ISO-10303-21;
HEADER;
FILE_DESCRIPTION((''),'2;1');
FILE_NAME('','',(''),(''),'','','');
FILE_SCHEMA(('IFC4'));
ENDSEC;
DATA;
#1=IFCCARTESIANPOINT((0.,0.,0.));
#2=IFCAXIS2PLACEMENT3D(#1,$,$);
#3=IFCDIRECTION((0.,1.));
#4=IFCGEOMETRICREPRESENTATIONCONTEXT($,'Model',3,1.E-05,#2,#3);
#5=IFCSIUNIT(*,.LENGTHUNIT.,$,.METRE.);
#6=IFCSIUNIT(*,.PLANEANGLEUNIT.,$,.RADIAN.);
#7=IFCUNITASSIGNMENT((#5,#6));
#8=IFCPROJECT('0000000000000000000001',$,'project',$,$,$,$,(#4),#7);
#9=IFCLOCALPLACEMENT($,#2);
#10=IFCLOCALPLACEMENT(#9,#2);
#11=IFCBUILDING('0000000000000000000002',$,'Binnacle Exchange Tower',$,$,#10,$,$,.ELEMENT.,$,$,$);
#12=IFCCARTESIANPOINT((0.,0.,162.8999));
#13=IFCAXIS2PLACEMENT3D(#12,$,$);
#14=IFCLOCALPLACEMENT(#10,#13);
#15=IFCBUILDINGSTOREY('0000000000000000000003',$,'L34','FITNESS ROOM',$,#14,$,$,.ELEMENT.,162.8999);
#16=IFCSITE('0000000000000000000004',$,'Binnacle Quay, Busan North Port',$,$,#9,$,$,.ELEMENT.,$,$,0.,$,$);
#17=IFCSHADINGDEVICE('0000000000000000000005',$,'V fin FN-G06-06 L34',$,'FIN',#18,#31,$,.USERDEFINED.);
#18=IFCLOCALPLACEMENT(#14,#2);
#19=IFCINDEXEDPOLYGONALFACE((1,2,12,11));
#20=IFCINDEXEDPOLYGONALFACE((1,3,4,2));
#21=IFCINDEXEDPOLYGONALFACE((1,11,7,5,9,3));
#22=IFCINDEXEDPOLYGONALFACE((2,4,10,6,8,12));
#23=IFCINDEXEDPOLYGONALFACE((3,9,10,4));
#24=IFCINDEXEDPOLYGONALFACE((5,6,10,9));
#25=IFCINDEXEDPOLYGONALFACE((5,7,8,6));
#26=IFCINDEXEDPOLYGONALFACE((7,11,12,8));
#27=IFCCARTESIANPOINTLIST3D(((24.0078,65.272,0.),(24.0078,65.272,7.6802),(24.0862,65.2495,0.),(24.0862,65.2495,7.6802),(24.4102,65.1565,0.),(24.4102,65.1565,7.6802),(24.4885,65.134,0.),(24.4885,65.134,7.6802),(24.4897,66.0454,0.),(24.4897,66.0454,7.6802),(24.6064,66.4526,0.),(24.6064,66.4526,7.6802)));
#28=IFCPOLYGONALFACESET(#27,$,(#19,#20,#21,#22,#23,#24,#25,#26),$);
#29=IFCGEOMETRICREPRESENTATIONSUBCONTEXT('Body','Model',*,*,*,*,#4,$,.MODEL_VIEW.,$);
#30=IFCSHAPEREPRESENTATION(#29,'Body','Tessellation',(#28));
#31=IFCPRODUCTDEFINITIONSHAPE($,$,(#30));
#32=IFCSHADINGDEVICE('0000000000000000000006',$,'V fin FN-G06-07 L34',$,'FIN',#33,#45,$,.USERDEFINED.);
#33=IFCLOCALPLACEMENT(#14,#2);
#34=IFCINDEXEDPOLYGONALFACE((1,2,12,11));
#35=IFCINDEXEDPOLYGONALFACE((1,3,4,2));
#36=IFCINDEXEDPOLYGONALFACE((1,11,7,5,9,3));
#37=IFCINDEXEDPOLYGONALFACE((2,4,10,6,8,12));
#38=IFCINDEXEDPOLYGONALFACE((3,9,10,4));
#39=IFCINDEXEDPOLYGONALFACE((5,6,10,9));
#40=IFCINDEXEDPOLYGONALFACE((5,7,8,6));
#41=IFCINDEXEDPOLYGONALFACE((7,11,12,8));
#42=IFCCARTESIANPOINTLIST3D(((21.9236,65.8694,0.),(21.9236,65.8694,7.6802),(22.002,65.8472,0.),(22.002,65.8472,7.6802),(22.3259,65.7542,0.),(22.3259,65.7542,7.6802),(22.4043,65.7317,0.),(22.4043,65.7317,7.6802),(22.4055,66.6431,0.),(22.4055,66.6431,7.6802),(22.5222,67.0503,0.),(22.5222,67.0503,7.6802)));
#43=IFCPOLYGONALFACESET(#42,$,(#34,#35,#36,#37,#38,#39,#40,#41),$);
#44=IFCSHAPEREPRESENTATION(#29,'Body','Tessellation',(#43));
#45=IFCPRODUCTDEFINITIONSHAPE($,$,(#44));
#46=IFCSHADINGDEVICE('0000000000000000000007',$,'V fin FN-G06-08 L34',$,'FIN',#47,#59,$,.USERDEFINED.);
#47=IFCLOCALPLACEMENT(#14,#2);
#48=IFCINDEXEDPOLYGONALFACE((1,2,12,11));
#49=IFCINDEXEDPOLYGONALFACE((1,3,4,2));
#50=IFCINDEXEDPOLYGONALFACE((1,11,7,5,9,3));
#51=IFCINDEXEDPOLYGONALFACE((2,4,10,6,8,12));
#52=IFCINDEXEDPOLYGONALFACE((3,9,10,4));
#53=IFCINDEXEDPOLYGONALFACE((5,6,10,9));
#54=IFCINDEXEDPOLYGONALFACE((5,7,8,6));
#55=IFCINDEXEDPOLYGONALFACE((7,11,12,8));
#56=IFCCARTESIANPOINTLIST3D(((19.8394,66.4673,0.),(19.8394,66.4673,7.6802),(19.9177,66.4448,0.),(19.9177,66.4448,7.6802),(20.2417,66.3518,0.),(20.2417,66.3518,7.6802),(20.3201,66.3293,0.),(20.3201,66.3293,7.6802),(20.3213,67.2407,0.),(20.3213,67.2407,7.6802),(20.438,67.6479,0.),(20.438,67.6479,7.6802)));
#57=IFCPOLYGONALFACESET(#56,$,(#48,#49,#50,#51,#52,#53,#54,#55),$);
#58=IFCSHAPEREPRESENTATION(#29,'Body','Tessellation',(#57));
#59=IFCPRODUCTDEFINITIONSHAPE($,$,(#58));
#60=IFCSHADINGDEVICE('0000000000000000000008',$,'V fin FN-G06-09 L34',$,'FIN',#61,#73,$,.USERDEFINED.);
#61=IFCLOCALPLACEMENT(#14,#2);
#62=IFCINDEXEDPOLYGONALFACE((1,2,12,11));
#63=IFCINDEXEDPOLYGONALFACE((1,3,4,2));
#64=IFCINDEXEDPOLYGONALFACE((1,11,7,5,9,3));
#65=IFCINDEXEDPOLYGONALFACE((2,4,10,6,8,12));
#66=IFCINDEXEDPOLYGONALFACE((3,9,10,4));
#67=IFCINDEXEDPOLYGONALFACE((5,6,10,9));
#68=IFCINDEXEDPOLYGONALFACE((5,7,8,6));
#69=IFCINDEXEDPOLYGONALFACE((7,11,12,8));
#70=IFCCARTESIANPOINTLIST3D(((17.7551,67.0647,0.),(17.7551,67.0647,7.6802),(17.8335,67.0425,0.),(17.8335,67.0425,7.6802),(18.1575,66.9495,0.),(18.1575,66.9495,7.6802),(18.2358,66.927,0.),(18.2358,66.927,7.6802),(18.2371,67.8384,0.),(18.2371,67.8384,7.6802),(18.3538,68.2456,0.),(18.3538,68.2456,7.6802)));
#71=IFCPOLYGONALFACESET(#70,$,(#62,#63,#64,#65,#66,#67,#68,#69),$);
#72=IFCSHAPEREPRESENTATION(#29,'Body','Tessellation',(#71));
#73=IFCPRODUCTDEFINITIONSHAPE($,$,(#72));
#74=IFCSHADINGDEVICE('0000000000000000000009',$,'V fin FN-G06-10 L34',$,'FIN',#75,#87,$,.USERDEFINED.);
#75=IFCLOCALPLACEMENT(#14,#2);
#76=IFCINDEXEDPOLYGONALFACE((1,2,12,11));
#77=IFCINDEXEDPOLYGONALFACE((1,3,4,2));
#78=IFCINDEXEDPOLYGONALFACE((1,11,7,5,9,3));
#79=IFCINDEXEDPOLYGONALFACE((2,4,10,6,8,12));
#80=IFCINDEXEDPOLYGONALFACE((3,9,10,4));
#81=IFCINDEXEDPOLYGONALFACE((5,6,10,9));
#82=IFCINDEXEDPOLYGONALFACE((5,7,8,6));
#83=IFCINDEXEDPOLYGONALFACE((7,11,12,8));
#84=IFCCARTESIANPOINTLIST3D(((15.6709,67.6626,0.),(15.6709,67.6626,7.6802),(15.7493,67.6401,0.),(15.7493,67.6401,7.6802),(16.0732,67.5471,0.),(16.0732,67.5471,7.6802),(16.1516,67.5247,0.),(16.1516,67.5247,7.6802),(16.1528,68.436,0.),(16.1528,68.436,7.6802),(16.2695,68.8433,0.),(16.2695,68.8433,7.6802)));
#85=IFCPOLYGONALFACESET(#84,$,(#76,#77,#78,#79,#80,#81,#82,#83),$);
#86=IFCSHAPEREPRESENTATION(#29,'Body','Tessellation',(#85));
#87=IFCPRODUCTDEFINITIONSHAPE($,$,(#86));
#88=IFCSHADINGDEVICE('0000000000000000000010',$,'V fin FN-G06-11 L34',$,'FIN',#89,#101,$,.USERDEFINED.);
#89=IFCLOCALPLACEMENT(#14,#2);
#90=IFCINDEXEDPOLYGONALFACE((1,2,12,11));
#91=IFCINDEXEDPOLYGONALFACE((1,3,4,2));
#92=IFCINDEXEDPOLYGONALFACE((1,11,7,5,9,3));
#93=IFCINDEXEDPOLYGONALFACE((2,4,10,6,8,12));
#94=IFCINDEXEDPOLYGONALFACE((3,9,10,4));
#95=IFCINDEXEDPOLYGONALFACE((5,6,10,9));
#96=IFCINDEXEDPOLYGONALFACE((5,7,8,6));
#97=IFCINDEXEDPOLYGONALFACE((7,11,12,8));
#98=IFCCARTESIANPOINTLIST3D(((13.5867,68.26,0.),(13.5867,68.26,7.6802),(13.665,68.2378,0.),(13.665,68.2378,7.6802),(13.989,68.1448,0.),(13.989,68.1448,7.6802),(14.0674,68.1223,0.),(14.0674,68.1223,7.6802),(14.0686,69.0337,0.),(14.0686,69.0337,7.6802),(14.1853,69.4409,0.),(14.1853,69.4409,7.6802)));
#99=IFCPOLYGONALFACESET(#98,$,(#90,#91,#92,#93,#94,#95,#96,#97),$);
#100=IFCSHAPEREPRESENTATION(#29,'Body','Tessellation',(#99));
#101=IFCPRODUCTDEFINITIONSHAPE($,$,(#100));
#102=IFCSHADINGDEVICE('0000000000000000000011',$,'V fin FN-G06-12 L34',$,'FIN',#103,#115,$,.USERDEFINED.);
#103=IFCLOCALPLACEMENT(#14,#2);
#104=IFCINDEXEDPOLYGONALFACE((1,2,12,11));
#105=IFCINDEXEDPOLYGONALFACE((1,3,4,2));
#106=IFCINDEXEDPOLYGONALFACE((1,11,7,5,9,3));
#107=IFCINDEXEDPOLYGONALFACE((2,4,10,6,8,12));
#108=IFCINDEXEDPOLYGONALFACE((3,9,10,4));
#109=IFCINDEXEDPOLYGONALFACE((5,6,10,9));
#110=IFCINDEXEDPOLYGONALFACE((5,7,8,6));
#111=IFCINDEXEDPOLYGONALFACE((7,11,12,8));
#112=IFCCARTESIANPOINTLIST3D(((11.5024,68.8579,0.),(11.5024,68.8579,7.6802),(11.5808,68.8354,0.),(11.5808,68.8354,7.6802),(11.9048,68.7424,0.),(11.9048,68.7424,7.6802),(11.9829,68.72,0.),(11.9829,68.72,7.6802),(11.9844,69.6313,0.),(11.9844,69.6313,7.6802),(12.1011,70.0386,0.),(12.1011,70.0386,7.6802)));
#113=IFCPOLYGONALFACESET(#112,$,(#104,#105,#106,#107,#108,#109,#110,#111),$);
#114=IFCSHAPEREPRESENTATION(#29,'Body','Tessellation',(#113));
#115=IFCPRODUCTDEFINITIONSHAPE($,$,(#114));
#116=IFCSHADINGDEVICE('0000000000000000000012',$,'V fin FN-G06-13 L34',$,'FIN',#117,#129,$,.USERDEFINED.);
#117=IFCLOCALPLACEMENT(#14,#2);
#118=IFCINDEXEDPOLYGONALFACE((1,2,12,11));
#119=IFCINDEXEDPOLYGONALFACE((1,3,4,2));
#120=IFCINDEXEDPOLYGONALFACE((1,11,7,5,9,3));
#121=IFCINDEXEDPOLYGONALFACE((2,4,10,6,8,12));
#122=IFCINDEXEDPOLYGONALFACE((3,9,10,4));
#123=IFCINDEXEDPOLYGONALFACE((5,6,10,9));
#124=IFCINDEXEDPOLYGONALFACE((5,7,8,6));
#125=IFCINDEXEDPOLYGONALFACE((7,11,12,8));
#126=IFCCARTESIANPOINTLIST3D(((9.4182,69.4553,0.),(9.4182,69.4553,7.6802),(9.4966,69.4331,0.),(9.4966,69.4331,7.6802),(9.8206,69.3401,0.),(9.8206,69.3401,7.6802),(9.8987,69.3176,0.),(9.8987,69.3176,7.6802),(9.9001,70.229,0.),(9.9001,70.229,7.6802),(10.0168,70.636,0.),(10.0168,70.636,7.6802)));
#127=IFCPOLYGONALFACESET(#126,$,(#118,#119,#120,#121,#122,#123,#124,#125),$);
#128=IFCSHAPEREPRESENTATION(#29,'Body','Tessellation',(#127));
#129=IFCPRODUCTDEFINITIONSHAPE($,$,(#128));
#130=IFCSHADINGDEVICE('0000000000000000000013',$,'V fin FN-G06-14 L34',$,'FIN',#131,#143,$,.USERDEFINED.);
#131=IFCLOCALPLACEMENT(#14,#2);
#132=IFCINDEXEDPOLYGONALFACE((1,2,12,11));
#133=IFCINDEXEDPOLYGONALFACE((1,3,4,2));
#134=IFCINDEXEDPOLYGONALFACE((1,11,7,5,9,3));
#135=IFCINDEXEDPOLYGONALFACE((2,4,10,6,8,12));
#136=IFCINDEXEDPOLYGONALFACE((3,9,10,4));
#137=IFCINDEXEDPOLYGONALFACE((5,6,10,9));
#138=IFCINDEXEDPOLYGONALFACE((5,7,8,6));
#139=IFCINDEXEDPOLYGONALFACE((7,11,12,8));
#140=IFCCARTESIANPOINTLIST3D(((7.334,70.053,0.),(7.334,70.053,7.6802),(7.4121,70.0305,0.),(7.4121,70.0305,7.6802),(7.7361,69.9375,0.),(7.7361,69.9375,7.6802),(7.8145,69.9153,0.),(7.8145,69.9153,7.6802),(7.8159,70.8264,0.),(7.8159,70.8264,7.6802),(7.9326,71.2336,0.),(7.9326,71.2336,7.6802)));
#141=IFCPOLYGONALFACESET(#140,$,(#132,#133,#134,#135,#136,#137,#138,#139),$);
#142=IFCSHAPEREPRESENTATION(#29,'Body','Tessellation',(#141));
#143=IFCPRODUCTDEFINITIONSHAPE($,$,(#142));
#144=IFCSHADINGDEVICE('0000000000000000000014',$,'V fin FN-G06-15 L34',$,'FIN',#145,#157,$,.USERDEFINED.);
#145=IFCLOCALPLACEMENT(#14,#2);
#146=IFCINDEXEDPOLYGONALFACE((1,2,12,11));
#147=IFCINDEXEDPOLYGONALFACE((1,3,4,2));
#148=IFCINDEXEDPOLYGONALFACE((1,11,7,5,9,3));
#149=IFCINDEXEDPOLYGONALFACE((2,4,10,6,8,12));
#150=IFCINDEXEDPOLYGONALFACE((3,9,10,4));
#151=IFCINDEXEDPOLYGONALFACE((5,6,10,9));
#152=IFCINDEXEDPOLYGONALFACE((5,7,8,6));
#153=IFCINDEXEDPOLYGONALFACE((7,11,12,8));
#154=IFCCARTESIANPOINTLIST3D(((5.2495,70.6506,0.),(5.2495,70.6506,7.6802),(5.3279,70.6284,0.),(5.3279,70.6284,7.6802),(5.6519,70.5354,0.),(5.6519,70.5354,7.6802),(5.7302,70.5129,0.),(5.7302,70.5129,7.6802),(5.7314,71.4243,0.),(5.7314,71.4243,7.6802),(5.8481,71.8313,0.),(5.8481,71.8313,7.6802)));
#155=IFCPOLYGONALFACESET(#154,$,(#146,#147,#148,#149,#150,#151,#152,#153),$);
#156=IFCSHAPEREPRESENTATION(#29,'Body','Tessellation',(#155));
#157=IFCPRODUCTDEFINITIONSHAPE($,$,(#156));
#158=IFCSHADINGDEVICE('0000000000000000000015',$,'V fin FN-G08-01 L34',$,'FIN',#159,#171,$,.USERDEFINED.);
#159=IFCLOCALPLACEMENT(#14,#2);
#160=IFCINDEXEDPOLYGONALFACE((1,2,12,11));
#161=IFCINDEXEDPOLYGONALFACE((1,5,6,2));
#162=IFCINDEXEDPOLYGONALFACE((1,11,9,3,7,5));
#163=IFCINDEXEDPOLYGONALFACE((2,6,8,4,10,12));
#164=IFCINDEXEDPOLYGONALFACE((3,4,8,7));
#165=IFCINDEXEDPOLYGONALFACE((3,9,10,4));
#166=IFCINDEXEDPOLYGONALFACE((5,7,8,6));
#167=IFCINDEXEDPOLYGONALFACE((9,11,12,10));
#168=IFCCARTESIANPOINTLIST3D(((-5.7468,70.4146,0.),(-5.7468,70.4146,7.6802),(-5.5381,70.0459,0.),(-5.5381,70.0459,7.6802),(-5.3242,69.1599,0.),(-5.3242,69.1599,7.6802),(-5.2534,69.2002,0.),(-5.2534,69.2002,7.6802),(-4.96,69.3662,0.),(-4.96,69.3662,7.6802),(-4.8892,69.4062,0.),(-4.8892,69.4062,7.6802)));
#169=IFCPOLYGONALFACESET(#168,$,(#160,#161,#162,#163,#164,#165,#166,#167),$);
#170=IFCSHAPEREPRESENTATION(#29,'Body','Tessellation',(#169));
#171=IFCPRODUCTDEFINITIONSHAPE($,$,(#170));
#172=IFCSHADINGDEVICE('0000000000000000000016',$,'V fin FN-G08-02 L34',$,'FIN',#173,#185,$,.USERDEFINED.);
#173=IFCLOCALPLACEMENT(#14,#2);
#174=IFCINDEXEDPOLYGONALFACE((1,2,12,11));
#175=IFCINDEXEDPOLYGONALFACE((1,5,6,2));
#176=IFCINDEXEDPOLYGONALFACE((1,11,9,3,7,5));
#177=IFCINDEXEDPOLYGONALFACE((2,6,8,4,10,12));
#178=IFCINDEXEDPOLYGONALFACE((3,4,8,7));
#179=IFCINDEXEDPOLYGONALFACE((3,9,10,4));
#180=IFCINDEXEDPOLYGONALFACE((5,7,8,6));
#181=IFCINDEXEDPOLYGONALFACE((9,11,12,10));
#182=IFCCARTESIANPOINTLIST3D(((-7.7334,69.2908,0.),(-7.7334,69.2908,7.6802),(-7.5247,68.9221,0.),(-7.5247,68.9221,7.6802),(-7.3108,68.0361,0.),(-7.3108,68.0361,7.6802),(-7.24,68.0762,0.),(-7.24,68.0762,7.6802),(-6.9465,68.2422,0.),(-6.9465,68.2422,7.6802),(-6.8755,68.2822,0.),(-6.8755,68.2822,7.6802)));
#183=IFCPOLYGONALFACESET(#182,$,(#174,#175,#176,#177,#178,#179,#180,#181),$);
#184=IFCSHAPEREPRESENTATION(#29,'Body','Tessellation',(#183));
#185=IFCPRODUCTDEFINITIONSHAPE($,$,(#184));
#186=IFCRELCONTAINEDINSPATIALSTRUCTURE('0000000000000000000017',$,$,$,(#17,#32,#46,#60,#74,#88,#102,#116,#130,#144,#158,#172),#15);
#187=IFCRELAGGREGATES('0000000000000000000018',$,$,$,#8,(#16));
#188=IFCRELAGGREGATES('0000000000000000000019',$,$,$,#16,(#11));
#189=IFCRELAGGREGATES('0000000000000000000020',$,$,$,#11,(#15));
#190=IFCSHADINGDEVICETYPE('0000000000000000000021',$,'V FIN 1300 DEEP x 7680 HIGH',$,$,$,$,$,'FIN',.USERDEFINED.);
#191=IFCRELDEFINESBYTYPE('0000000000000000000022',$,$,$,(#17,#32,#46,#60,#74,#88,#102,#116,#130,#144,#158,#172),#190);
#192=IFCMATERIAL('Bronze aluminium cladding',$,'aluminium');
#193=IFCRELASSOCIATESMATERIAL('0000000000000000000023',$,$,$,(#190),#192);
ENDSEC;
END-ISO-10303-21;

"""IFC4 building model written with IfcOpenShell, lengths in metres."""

from ifc_helpers import new_model, si_unit, direction, frame, origin, place, context, subcontext, project, spatial, polyline, outline, extrude, material, type_object, element, save


model = new_model("IFC4")

# Units and contexts
model_context = context("Model", 3, precision=1e-05, world=origin(), true_north=direction((0.0, 1.0)))
body_context = subcontext(model_context, "Body", "Model", "MODEL_VIEW")
ifc_project = project(units=[si_unit("LENGTHUNIT", "METRE"), si_unit("PLANEANGLEUNIT", "RADIAN")], contexts=[model_context])

# Site, building, storey
site_placement = place(None, origin())
site = spatial("IfcSite", under=ifc_project, at=site_placement, Name="Binnacle Quay, Busan North Port", CompositionType="ELEMENT", RefElevation=0.0)
building_placement = place(site_placement, origin())
building = spatial("IfcBuilding", under=site, at=building_placement, Name="Binnacle Exchange Tower", CompositionType="ELEMENT")
storey_placement = place(building_placement, frame((0.0, 0.0, 162.8999)))
storey = spatial("IfcBuildingStorey", under=building, at=storey_placement, Name="L34", Description="FITNESS ROOM", CompositionType="ELEMENT", Elevation=162.8999)

# Shading devices
ifc_material = material(Name="Bronze aluminium cladding", Category="aluminium")
shading_device_type = type_object("IfcShadingDeviceType", Name="V FIN 1300 DEEP x 7680 HIGH", ElementType="FIN", PredefinedType="USERDEFINED", material=ifc_material)
shading_device_1_placement = place(storey_placement, origin())
element("IfcShadingDevice", 1, at=shading_device_1_placement, inside=storey, type_object=shading_device_type, Name="V fin FN-G06-06 L34", ObjectType="FIN", PredefinedType="USERDEFINED", context=body_context, shape_type="SweptSolid", body=[
    extrude(outline(polyline([(24.4885, 65.134), (24.6064, 66.4526), (24.0078, 65.272), (24.0862, 65.2495), (24.4897, 66.0454), (24.4102, 65.1565), (24.4885, 65.134)])), origin(), (0.0, 0.0, 1.0), 7.6802),
])
shading_device_2_placement = place(storey_placement, origin())
element("IfcShadingDevice", 2, at=shading_device_2_placement, inside=storey, type_object=shading_device_type, Name="V fin FN-G06-07 L34", ObjectType="FIN", PredefinedType="USERDEFINED", context=body_context, shape_type="SweptSolid", body=[
    extrude(outline(polyline([(22.4043, 65.7317), (22.5222, 67.0503), (21.9236, 65.8694), (22.002, 65.8472), (22.4055, 66.6431), (22.3259, 65.7542), (22.4043, 65.7317)])), origin(), (0.0, 0.0, 1.0), 7.6802),
])
shading_device_3_placement = place(storey_placement, origin())
element("IfcShadingDevice", 3, at=shading_device_3_placement, inside=storey, type_object=shading_device_type, Name="V fin FN-G06-08 L34", ObjectType="FIN", PredefinedType="USERDEFINED", context=body_context, shape_type="SweptSolid", body=[
    extrude(outline(polyline([(20.3201, 66.3293), (20.438, 67.6479), (19.8394, 66.4673), (19.9177, 66.4448), (20.3213, 67.2407), (20.2417, 66.3518), (20.3201, 66.3293)])), origin(), (0.0, 0.0, 1.0), 7.6802),
])
shading_device_4_placement = place(storey_placement, origin())
element("IfcShadingDevice", 4, at=shading_device_4_placement, inside=storey, type_object=shading_device_type, Name="V fin FN-G06-09 L34", ObjectType="FIN", PredefinedType="USERDEFINED", context=body_context, shape_type="SweptSolid", body=[
    extrude(outline(polyline([(18.2358, 66.927), (18.3538, 68.2456), (17.7551, 67.0647), (17.8335, 67.0425), (18.2371, 67.8384), (18.1575, 66.9495), (18.2358, 66.927)])), origin(), (0.0, 0.0, 1.0), 7.6802),
])
shading_device_5_placement = place(storey_placement, origin())
element("IfcShadingDevice", 5, at=shading_device_5_placement, inside=storey, type_object=shading_device_type, Name="V fin FN-G06-10 L34", ObjectType="FIN", PredefinedType="USERDEFINED", context=body_context, shape_type="SweptSolid", body=[
    extrude(outline(polyline([(16.1516, 67.5247), (16.2695, 68.8433), (15.6709, 67.6626), (15.7493, 67.6401), (16.1528, 68.436), (16.0732, 67.5471), (16.1516, 67.5247)])), origin(), (0.0, 0.0, 1.0), 7.6802),
])
shading_device_6_placement = place(storey_placement, origin())
element("IfcShadingDevice", 6, at=shading_device_6_placement, inside=storey, type_object=shading_device_type, Name="V fin FN-G06-11 L34", ObjectType="FIN", PredefinedType="USERDEFINED", context=body_context, shape_type="SweptSolid", body=[
    extrude(outline(polyline([(14.0674, 68.1223), (14.1853, 69.4409), (13.5867, 68.26), (13.665, 68.2378), (14.0686, 69.0337), (13.989, 68.1448), (14.0674, 68.1223)])), origin(), (0.0, 0.0, 1.0), 7.6802),
])
shading_device_7_placement = place(storey_placement, origin())
element("IfcShadingDevice", 7, at=shading_device_7_placement, inside=storey, type_object=shading_device_type, Name="V fin FN-G06-12 L34", ObjectType="FIN", PredefinedType="USERDEFINED", context=body_context, shape_type="SweptSolid", body=[
    extrude(outline(polyline([(11.9829, 68.72), (12.1011, 70.0386), (11.5024, 68.8579), (11.5808, 68.8354), (11.9844, 69.6313), (11.9048, 68.7424), (11.9829, 68.72)])), origin(), (0.0, 0.0, 1.0), 7.6802),
])
shading_device_8_placement = place(storey_placement, origin())
element("IfcShadingDevice", 8, at=shading_device_8_placement, inside=storey, type_object=shading_device_type, Name="V fin FN-G06-13 L34", ObjectType="FIN", PredefinedType="USERDEFINED", context=body_context, shape_type="SweptSolid", body=[
    extrude(outline(polyline([(9.8987, 69.3176), (10.0168, 70.636), (9.4182, 69.4553), (9.4966, 69.4331), (9.9001, 70.229), (9.8206, 69.3401), (9.8987, 69.3176)])), origin(), (0.0, 0.0, 1.0), 7.6802),
])
shading_device_9_placement = place(storey_placement, origin())
element("IfcShadingDevice", 9, at=shading_device_9_placement, inside=storey, type_object=shading_device_type, Name="V fin FN-G06-14 L34", ObjectType="FIN", PredefinedType="USERDEFINED", context=body_context, shape_type="SweptSolid", body=[
    extrude(outline(polyline([(7.8145, 69.9153), (7.9326, 71.2336), (7.334, 70.053), (7.4121, 70.0305), (7.8159, 70.8264), (7.7361, 69.9375), (7.8145, 69.9153)])), origin(), (0.0, 0.0, 1.0), 7.6802),
])
shading_device_10_placement = place(storey_placement, origin())
element("IfcShadingDevice", 10, at=shading_device_10_placement, inside=storey, type_object=shading_device_type, Name="V fin FN-G06-15 L34", ObjectType="FIN", PredefinedType="USERDEFINED", context=body_context, shape_type="SweptSolid", body=[
    extrude(outline(polyline([(5.7302, 70.5129), (5.8481, 71.8313), (5.2495, 70.6506), (5.3279, 70.6284), (5.7314, 71.4243), (5.6519, 70.5354), (5.7302, 70.5129)])), origin(), (0.0, 0.0, 1.0), 7.6802),
])
shading_device_11_placement = place(storey_placement, origin())
element("IfcShadingDevice", 11, at=shading_device_11_placement, inside=storey, type_object=shading_device_type, Name="V fin FN-G08-01 L34", ObjectType="FIN", PredefinedType="USERDEFINED", context=body_context, shape_type="SweptSolid", body=[
    extrude(outline(polyline([(-4.8892, 69.4062), (-5.7468, 70.4146), (-5.3242, 69.1599), (-5.2534, 69.2002), (-5.5381, 70.0459), (-4.96, 69.3662), (-4.8892, 69.4062)])), origin(), (0.0, 0.0, 1.0), 7.6802),
])
shading_device_12_placement = place(storey_placement, origin())
element("IfcShadingDevice", 12, at=shading_device_12_placement, inside=storey, type_object=shading_device_type, Name="V fin FN-G08-02 L34", ObjectType="FIN", PredefinedType="USERDEFINED", context=body_context, shape_type="SweptSolid", body=[
    extrude(outline(polyline([(-6.8755, 68.2822), (-7.7334, 69.2908), (-7.3108, 68.0361), (-7.24, 68.0762), (-7.5247, 68.9221), (-6.9465, 68.2422), (-6.8755, 68.2822)])), origin(), (0.0, 0.0, 1.0), 7.6802),
])

save(model, "model.ifc")
